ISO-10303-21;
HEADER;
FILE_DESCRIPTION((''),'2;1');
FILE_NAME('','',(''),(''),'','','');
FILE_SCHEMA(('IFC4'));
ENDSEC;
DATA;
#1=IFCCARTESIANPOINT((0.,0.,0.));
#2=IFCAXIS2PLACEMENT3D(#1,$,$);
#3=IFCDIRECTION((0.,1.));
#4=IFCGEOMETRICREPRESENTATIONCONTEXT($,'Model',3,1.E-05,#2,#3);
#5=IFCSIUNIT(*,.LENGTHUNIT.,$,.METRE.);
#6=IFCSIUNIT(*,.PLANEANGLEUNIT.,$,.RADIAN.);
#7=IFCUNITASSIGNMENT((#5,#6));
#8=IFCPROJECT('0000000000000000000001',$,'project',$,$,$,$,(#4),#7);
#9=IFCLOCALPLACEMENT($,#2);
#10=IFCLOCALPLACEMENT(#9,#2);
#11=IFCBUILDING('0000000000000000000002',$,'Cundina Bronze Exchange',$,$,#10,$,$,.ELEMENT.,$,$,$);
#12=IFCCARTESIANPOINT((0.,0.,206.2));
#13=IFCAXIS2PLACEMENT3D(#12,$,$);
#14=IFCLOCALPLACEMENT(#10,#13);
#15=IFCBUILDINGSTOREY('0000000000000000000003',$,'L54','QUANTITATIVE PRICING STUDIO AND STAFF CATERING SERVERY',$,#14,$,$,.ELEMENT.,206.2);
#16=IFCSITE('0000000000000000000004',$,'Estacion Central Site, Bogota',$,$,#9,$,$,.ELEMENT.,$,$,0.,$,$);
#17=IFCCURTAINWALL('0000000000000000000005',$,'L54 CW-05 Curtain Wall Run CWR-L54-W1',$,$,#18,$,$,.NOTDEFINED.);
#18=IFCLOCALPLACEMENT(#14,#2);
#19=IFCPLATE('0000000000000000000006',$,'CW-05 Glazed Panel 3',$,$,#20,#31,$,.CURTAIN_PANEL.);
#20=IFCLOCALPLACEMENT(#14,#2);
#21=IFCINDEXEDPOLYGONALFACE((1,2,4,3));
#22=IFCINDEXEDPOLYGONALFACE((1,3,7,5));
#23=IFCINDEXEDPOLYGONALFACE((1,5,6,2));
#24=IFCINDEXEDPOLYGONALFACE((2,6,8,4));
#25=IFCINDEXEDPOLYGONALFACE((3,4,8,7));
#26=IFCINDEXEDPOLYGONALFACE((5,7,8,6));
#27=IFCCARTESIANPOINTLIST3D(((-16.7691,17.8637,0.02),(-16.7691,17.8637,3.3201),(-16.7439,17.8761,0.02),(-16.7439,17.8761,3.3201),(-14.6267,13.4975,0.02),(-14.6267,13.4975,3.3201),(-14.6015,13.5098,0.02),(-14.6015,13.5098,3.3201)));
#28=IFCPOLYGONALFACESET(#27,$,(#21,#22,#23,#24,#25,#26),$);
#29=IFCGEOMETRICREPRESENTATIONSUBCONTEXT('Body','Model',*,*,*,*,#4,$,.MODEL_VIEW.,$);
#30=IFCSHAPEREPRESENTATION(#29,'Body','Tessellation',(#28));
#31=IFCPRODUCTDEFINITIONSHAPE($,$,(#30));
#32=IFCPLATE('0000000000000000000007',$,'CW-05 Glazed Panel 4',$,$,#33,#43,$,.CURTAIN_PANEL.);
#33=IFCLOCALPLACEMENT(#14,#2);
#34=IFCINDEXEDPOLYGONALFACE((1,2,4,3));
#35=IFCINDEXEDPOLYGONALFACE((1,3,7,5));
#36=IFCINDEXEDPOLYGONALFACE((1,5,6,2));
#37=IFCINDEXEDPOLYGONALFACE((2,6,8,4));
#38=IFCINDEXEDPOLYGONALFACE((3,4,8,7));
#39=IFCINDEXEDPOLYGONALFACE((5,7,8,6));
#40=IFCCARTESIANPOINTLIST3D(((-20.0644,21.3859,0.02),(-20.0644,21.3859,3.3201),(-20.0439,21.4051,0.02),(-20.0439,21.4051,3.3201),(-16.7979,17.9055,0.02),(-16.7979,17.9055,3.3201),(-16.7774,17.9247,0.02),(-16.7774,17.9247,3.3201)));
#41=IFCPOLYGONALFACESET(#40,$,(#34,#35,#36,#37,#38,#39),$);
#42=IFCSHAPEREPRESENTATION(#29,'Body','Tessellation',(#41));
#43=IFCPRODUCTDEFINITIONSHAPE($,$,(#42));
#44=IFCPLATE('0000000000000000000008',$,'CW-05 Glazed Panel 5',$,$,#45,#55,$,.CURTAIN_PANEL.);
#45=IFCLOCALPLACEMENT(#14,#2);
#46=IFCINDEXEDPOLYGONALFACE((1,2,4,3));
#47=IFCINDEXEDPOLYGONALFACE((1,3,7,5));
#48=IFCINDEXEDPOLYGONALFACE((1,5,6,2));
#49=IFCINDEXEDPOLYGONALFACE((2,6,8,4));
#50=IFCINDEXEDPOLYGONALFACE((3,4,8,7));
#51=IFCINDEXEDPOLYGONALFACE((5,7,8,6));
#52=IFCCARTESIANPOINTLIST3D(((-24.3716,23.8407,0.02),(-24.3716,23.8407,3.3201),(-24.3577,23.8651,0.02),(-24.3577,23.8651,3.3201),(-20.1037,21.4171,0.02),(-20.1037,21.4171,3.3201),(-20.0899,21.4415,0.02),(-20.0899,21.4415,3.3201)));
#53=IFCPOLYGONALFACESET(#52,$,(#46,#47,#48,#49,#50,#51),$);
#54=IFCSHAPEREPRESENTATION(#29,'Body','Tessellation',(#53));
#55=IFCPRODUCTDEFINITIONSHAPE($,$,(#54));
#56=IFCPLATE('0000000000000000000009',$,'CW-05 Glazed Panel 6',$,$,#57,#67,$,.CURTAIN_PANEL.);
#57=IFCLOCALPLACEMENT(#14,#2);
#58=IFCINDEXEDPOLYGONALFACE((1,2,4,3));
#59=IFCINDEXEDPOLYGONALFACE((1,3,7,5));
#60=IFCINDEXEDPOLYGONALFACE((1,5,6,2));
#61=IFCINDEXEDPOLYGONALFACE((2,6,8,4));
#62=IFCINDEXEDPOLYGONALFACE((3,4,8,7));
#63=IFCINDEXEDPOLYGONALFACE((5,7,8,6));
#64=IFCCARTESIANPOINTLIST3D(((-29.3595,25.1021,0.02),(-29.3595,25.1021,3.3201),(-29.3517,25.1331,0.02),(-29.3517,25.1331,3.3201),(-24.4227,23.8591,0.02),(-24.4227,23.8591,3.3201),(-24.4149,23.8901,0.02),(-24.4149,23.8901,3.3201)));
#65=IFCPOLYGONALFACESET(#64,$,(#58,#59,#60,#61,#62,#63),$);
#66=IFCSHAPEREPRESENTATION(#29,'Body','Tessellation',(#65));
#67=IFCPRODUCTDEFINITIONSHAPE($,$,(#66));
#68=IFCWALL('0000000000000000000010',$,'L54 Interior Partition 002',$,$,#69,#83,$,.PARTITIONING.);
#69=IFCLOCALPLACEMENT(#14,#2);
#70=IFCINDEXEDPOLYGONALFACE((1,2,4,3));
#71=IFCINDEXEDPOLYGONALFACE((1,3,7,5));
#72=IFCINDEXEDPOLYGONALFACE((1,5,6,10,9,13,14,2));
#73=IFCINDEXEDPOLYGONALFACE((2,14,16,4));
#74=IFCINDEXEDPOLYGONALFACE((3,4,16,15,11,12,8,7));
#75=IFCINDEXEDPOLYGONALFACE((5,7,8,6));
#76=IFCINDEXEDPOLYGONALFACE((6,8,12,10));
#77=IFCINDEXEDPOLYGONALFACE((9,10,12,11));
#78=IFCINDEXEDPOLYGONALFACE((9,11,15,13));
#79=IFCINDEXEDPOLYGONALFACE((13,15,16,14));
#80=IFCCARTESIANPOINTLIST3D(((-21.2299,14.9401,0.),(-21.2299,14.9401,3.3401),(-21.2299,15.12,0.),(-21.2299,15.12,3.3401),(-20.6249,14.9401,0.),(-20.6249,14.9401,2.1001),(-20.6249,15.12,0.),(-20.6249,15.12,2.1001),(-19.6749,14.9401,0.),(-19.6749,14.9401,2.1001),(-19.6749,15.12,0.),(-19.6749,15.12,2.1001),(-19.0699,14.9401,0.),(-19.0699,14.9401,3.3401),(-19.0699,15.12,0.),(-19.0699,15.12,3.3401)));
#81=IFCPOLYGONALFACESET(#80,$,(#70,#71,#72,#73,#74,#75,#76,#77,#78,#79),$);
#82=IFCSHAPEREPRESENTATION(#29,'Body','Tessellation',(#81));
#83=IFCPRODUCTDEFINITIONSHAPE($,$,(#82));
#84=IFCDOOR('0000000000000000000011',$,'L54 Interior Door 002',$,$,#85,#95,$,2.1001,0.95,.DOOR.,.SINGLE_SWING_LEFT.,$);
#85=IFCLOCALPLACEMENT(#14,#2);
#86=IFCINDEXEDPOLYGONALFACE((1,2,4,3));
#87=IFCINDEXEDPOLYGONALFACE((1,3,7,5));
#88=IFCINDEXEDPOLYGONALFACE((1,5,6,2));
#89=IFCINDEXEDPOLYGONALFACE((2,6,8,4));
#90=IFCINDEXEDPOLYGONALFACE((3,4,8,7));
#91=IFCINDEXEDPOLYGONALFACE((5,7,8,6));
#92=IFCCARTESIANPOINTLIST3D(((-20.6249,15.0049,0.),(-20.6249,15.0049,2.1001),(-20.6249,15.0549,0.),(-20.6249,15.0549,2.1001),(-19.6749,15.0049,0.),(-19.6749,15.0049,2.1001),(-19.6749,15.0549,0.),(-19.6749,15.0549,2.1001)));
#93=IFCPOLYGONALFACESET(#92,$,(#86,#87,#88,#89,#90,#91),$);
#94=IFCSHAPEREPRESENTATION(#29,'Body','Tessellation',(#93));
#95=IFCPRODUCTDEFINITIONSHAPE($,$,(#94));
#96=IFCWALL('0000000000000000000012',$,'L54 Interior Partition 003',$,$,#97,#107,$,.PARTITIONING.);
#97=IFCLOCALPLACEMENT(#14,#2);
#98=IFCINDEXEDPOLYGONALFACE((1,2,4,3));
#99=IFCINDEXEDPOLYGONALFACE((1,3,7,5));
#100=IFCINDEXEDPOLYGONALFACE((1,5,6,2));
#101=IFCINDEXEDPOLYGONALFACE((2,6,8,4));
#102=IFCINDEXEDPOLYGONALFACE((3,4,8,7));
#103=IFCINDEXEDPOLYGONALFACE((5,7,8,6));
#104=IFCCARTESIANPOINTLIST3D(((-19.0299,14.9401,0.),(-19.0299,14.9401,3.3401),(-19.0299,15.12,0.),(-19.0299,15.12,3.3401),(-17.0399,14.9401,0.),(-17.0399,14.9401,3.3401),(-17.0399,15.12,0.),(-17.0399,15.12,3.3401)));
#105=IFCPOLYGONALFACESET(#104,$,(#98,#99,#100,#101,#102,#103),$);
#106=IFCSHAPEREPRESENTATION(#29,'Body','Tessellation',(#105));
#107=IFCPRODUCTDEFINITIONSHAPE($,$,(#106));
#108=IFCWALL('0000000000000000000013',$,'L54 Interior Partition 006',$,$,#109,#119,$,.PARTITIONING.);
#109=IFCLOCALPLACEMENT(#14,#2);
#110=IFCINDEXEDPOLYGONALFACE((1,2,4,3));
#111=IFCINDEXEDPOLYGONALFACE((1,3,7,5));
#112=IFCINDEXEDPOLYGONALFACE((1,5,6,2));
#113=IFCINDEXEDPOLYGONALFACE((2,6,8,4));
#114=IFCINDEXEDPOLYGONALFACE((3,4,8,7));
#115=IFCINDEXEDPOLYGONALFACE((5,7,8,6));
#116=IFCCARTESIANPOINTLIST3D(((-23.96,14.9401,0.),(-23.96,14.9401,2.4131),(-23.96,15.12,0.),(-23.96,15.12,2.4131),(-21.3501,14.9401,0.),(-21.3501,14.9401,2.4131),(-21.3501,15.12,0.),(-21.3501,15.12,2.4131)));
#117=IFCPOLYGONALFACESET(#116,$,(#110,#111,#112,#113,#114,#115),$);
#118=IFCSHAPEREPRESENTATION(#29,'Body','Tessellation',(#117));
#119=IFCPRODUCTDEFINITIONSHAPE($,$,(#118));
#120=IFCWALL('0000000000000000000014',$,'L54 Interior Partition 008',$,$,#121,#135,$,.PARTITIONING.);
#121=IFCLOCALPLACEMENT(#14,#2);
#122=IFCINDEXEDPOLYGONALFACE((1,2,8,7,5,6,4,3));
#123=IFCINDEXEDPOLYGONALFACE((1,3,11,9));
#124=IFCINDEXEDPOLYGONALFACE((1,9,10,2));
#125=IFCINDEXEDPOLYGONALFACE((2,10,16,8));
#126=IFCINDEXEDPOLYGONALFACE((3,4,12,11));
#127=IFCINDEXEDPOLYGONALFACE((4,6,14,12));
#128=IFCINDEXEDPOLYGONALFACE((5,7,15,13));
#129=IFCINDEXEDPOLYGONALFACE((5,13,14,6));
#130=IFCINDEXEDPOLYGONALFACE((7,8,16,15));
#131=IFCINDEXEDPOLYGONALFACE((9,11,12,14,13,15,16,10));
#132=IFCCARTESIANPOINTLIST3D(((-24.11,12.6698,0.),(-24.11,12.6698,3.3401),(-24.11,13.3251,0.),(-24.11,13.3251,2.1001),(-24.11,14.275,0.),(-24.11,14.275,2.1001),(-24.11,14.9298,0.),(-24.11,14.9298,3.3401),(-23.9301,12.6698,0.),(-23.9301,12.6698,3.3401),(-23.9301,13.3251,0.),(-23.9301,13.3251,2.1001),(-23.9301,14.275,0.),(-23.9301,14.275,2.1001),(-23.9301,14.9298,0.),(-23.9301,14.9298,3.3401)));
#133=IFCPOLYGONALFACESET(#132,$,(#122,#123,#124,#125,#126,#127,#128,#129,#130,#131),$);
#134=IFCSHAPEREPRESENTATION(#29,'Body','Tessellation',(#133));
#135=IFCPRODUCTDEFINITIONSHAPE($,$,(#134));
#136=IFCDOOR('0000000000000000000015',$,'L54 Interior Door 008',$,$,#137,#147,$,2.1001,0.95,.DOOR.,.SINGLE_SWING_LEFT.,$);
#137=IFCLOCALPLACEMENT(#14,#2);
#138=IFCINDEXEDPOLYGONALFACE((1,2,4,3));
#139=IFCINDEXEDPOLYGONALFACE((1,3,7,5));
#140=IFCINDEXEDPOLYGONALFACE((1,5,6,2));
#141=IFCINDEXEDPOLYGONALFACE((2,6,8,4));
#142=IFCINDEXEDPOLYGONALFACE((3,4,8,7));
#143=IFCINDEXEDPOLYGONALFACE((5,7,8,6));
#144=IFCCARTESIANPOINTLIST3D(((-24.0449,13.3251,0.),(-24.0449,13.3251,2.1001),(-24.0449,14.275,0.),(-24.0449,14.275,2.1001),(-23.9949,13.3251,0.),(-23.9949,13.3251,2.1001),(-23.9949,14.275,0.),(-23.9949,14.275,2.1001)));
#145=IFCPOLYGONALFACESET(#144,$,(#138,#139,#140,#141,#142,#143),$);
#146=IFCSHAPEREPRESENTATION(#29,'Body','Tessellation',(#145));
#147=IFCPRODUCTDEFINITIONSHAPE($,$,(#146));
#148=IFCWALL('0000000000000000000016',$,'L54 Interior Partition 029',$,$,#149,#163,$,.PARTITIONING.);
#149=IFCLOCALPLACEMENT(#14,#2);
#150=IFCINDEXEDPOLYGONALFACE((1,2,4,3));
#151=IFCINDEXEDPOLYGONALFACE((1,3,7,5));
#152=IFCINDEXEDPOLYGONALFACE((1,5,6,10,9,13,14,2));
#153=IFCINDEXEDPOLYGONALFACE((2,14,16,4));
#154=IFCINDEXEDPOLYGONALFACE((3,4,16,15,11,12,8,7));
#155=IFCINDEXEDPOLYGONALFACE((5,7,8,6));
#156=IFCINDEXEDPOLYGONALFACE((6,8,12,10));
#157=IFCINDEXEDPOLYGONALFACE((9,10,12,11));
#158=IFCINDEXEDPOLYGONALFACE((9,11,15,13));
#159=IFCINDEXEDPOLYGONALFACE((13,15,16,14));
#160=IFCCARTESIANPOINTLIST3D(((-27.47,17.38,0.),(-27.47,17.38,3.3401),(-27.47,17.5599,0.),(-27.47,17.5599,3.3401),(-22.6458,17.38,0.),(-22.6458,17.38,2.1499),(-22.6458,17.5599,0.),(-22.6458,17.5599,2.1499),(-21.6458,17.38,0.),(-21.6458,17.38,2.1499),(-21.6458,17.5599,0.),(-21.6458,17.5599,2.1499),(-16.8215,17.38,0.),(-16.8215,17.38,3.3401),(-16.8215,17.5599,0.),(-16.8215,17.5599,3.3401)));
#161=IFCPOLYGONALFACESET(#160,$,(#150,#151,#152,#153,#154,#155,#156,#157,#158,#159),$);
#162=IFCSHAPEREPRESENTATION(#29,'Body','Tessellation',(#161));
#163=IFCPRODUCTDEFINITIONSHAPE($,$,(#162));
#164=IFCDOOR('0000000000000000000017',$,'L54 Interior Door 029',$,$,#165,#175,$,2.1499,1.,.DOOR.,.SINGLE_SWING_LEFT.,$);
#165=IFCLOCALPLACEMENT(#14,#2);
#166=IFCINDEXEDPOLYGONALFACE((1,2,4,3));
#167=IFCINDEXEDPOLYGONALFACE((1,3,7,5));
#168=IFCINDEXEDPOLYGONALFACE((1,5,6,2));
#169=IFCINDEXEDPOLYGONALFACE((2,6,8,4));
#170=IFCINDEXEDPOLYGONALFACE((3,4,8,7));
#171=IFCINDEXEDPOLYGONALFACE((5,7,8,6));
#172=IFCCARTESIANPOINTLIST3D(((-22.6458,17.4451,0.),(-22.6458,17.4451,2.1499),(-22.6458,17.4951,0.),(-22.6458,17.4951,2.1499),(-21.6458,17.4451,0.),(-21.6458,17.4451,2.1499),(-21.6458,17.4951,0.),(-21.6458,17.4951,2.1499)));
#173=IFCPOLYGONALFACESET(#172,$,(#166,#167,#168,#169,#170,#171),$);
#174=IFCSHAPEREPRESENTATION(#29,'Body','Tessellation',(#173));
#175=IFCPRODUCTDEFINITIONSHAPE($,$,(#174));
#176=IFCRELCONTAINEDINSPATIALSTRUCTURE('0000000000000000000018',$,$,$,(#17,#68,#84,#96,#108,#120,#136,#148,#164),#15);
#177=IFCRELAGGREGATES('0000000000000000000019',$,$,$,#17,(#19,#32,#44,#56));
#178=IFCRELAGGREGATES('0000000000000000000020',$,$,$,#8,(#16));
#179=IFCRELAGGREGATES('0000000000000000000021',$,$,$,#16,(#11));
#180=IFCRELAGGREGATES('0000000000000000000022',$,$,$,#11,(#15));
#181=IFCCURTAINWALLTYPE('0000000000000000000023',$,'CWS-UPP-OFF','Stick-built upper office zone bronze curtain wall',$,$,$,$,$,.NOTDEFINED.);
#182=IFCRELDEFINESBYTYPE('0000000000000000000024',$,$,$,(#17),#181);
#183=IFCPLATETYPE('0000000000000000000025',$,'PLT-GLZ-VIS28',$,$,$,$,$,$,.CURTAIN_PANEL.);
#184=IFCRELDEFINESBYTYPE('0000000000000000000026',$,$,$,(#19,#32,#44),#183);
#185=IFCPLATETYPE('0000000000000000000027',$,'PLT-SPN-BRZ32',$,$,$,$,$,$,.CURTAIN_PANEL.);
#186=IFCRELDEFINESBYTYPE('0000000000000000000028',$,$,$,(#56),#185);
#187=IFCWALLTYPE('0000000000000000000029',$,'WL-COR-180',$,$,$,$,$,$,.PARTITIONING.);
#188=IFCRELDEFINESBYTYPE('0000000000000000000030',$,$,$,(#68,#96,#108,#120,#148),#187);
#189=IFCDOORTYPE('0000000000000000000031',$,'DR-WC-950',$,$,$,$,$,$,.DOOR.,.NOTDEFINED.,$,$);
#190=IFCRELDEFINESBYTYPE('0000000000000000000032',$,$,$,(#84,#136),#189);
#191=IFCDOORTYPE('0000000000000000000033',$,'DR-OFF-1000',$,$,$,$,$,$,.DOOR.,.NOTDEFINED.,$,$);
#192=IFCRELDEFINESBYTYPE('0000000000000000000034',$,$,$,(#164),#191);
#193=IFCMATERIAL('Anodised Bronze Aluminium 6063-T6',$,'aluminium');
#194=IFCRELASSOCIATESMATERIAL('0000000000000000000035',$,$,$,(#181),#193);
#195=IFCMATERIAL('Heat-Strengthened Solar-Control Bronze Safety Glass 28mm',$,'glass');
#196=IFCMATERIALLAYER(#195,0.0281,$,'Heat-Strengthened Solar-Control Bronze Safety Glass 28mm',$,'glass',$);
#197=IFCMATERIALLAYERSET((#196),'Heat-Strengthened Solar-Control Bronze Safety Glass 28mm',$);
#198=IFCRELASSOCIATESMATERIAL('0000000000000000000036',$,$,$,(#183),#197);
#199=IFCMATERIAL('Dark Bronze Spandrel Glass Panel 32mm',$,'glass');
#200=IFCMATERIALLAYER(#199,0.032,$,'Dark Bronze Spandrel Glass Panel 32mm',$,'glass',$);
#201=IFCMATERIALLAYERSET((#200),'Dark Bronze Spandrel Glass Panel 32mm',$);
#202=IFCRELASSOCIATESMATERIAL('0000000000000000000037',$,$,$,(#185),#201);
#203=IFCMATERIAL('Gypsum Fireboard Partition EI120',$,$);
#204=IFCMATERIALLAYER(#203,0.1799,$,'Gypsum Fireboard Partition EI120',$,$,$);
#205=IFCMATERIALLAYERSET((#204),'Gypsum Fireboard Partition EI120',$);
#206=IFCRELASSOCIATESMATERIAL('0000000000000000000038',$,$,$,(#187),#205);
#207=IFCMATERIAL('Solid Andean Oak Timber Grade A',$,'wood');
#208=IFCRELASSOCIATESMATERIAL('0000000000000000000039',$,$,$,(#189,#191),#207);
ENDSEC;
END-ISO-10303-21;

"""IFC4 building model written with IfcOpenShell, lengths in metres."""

from ifc_helpers import new_model, si_unit, direction, frame, frame_2d, origin, origin_2d, place, context, subcontext, project, spatial, rectangle, extrude, material, layer, layer_set, type_object, element, fill, aggregate, save


model = new_model("IFC4")

# Units and contexts
model_context = context("Model", 3, precision=1e-05, world=origin(), true_north=direction((0.0, 1.0)))
body_context = subcontext(model_context, "Body", "Model", "MODEL_VIEW")
ifc_project = project(units=[si_unit("LENGTHUNIT", "METRE"), si_unit("PLANEANGLEUNIT", "RADIAN")], contexts=[model_context])

# Site, building, storey
site_placement = place(None, origin())
site = spatial("IfcSite", under=ifc_project, at=site_placement, Name="Estacion Central Site, Bogota", CompositionType="ELEMENT", RefElevation=0.0)
building_placement = place(site_placement, origin())
building = spatial("IfcBuilding", under=site, at=building_placement, Name="Cundina Bronze Exchange", CompositionType="ELEMENT")
storey_placement = place(building_placement, frame((0.0, 0.0, 206.2)))
storey = spatial("IfcBuildingStorey", under=building, at=storey_placement, Name="L54", Description="QUANTITATIVE PRICING STUDIO AND STAFF CATERING SERVERY", CompositionType="ELEMENT", Elevation=206.2)

# Curtain wall, plates
ifc_material_1 = material(Name="Anodised Bronze Aluminium 6063-T6", Category="aluminium")
curtain_wall_type = type_object("IfcCurtainWallType", Name="CWS-UPP-OFF", Description="Stick-built upper office zone bronze curtain wall", PredefinedType="NOTDEFINED", material=ifc_material_1)
curtain_wall_placement = place(storey_placement, origin())
curtain_wall = element("IfcCurtainWall", 1, at=curtain_wall_placement, inside=storey, type_object=curtain_wall_type, Name="L54 CW-05 Curtain Wall Run CWR-L54-W1", PredefinedType="NOTDEFINED")
ifc_material_2 = material(Name="Heat-Strengthened Solar-Control Bronze Safety Glass 28mm", Category="glass")
ifc_layer_1 = layer(ifc_material_2, 0.0281, Name="Heat-Strengthened Solar-Control Bronze Safety Glass 28mm", Category="glass")
ifc_layer_set_1 = layer_set([ifc_layer_1], Name="Heat-Strengthened Solar-Control Bronze Safety Glass 28mm")
plate_type_1 = type_object("IfcPlateType", Name="PLT-GLZ-VIS28", PredefinedType="CURTAIN_PANEL", material=ifc_layer_set_1)
plate_1_placement = place(storey_placement, frame((-15.6853, 15.6868, 0.02), z_axis=(0.0, 0.0, 1.0), x_axis=(-0.440503, 0.897751, 0.0)))
plate_1 = element("IfcPlate", 2, at=plate_1_placement, type_object=plate_type_1, Name="CW-05 Glazed Panel 3", PredefinedType="CURTAIN_PANEL", context=body_context, shape_type="SweptSolid", body=[
    extrude(rectangle(XDim=4.8635, YDim=0.0281, at=origin_2d()), origin(), (0.0, 0.0, 1.0), 3.3),
])
plate_2_placement = place(storey_placement, frame((-18.4209, 19.6553, 0.02), z_axis=(0.0, 0.0, 1.0), x_axis=(-0.684344, 0.72916, 0.0)))
plate_2 = element("IfcPlate", 3, at=plate_2_placement, type_object=plate_type_1, Name="CW-05 Glazed Panel 4", PredefinedType="CURTAIN_PANEL", context=body_context, shape_type="SweptSolid", body=[
    extrude(rectangle(XDim=4.7732, YDim=0.0281, at=origin_2d()), origin(), (0.0, 0.0, 1.0), 3.3),
])
plate_3_placement = place(storey_placement, frame((-22.2307, 22.6411, 0.02), z_axis=(0.0, 0.0, 1.0), x_axis=(-0.869573, 0.493805, 0.0)))
plate_3 = element("IfcPlate", 4, at=plate_3_placement, type_object=plate_type_1, Name="CW-05 Glazed Panel 5", PredefinedType="CURTAIN_PANEL", context=body_context, shape_type="SweptSolid", body=[
    extrude(rectangle(XDim=4.908, YDim=0.0281, at=origin_2d()), origin(), (0.0, 0.0, 1.0), 3.3),
])
ifc_material_3 = material(Name="Dark Bronze Spandrel Glass Panel 32mm", Category="glass")
ifc_layer_2 = layer(ifc_material_3, 0.032, Name="Dark Bronze Spandrel Glass Panel 32mm", Category="glass")
ifc_layer_set_2 = layer_set([ifc_layer_2], Name="Dark Bronze Spandrel Glass Panel 32mm")
plate_type_2 = type_object("IfcPlateType", Name="PLT-SPN-BRZ32", PredefinedType="CURTAIN_PANEL", material=ifc_layer_set_2)
plate_4_placement = place(storey_placement, frame((-26.8872, 24.4961, 0.02), z_axis=(0.0, 0.0, 1.0), x_axis=(-0.969732, 0.244174, 0.0)))
plate_4 = element("IfcPlate", 5, at=plate_4_placement, type_object=plate_type_2, Name="CW-05 Glazed Panel 6", PredefinedType="CURTAIN_PANEL", context=body_context, shape_type="SweptSolid", body=[
    extrude(rectangle(XDim=5.0908, YDim=0.032, at=origin_2d()), origin(), (0.0, 0.0, 1.0), 3.3),
])
aggregate(curtain_wall, [plate_1, plate_2, plate_3, plate_4])

# Wall, opening, door
ifc_material_4 = material(Name="Gypsum Fireboard Partition EI120")
ifc_layer_3 = layer(ifc_material_4, 0.1799, Name="Gypsum Fireboard Partition EI120")
ifc_layer_set_3 = layer_set([ifc_layer_3], Name="Gypsum Fireboard Partition EI120")
wall_type_1 = type_object("IfcWallType", Name="WL-COR-180", PredefinedType="PARTITIONING", material=ifc_layer_set_3)
wall_1_placement = place(storey_placement, frame((-21.23, 15.03, 0.0), z_axis=(0.0, 0.0, 1.0), x_axis=(1.0, 0.0, 0.0)))
wall_1 = element("IfcWall", 6, at=wall_1_placement, inside=storey, type_object=wall_type_1, Name="L54 Interior Partition 002", PredefinedType="PARTITIONING", context=body_context, shape_type="SweptSolid", body=[
    extrude(rectangle(XDim=2.1599, YDim=0.1799, at=frame_2d((1.0801, 0.0))), origin(), (0.0, 0.0, 1.0), 3.3401),
])
opening_1_placement = place(wall_1_placement, frame((0.605, 0.0, 0.0)))
opening_1 = element("IfcOpeningElement", 7, at=opening_1_placement, cuts=wall_1, PredefinedType="OPENING", context=body_context, shape_type="SweptSolid", body=[
    extrude(rectangle(XDim=0.95, YDim=2.1001, at=frame_2d((0.4751, 1.05))), frame((0.0, 0.0999, 0.0), z_axis=(0.0, -1.0, 0.0), x_axis=(1.0, 0.0, 0.0)), (0.0, 0.0, 1.0), 0.2),
])
ifc_material_5 = material(Name="Solid Andean Oak Timber Grade A", Category="wood")
door_type_1 = type_object("IfcDoorType", Name="DR-WC-950", OperationType="NOTDEFINED", PredefinedType="DOOR", material=ifc_material_5)
door_1_placement = place(opening_1_placement, origin())
door_1 = element("IfcDoor", 8, at=door_1_placement, inside=storey, type_object=door_type_1, Name="L54 Interior Door 002", OperationType="SINGLE_SWING_LEFT", OverallHeight=2.1001, OverallWidth=0.95, PredefinedType="DOOR", context=body_context, shape_type="SweptSolid", body=[
    extrude(rectangle(XDim=0.95, YDim=2.1001, at=frame_2d((0.4751, 1.05))), frame((0.0, 0.0249, 0.0), z_axis=(0.0, -1.0, 0.0), x_axis=(1.0, 0.0, 0.0)), (0.0, 0.0, 1.0), 0.05),
])
fill(opening_1, door_1)

# Walls
wall_2_placement = place(storey_placement, frame((-19.03, 15.03, 0.0), z_axis=(0.0, 0.0, 1.0), x_axis=(1.0, 0.0, 0.0)))
element("IfcWall", 9, at=wall_2_placement, inside=storey, type_object=wall_type_1, Name="L54 Interior Partition 003", PredefinedType="PARTITIONING", context=body_context, shape_type="SweptSolid", body=[
    extrude(rectangle(XDim=1.99, YDim=0.1799, at=frame_2d((0.9951, 0.0))), origin(), (0.0, 0.0, 1.0), 3.3401),
])
wall_3_placement = place(storey_placement, frame((-23.96, 15.03, 0.0), z_axis=(0.0, 0.0, 1.0), x_axis=(1.0, 0.0, 0.0)))
element("IfcWall", 10, at=wall_3_placement, inside=storey, type_object=wall_type_1, Name="L54 Interior Partition 006", PredefinedType="PARTITIONING", context=body_context, shape_type="SweptSolid", body=[
    extrude(rectangle(XDim=2.6099, YDim=0.1799, at=frame_2d((1.3049, 0.0))), origin(), (0.0, 0.0, 1.0), 2.4131),
])

# Walls, openings, doors
wall_4_placement = place(storey_placement, frame((-24.02, 12.6699, 0.0), z_axis=(0.0, 0.0, 1.0), x_axis=(0.0, 1.0, 0.0)))
wall_4 = element("IfcWall", 11, at=wall_4_placement, inside=storey, type_object=wall_type_1, Name="L54 Interior Partition 008", PredefinedType="PARTITIONING", context=body_context, shape_type="SweptSolid", body=[
    extrude(rectangle(XDim=2.26, YDim=0.1799, at=frame_2d((1.1299, 0.0))), origin(), (0.0, 0.0, 1.0), 3.3401),
])
opening_2_placement = place(wall_4_placement, frame((0.655, 0.0, 0.0)))
opening_2 = element("IfcOpeningElement", 12, at=opening_2_placement, cuts=wall_4, PredefinedType="OPENING", context=body_context, shape_type="SweptSolid", body=[
    extrude(rectangle(XDim=0.95, YDim=2.1001, at=frame_2d((0.4751, 1.05))), frame((0.0, 0.0999, 0.0), z_axis=(0.0, -1.0, 0.0), x_axis=(1.0, 0.0, 0.0)), (0.0, 0.0, 1.0), 0.2),
])
door_2_placement = place(opening_2_placement, origin())
door_2 = element("IfcDoor", 13, at=door_2_placement, inside=storey, type_object=door_type_1, Name="L54 Interior Door 008", OperationType="SINGLE_SWING_LEFT", OverallHeight=2.1001, OverallWidth=0.95, PredefinedType="DOOR", context=body_context, shape_type="SweptSolid", body=[
    extrude(rectangle(XDim=0.95, YDim=2.1001, at=frame_2d((0.4751, 1.05))), frame((0.0, 0.0249, 0.0), z_axis=(0.0, -1.0, 0.0), x_axis=(1.0, 0.0, 0.0)), (0.0, 0.0, 1.0), 0.05),
])
fill(opening_2, door_2)
wall_5_placement = place(storey_placement, frame((-16.8215, 17.47, 0.0), z_axis=(0.0, 0.0, 1.0), x_axis=(-1.0, 0.0, 0.0)))
wall_5 = element("IfcWall", 14, at=wall_5_placement, inside=storey, type_object=wall_type_1, Name="L54 Interior Partition 029", PredefinedType="PARTITIONING", context=body_context, shape_type="SweptSolid", body=[
    extrude(rectangle(XDim=10.6484, YDim=0.1799, at=frame_2d((5.3242, 0.0))), origin(), (0.0, 0.0, 1.0), 3.3401),
])
opening_3_placement = place(wall_5_placement, frame((4.8242, 0.0, 0.0)))
opening_3 = element("IfcOpeningElement", 15, at=opening_3_placement, cuts=wall_5, PredefinedType="OPENING", context=body_context, shape_type="SweptSolid", body=[
    extrude(rectangle(XDim=1.0, YDim=2.1499, at=frame_2d((0.5, 1.075))), frame((0.0, 0.0999, 0.0), z_axis=(0.0, -1.0, 0.0), x_axis=(1.0, 0.0, 0.0)), (0.0, 0.0, 1.0), 0.2),
])
door_type_2 = type_object("IfcDoorType", Name="DR-OFF-1000", OperationType="NOTDEFINED", PredefinedType="DOOR", material=ifc_material_5)
door_3_placement = place(opening_3_placement, origin())
door_3 = element("IfcDoor", 16, at=door_3_placement, inside=storey, type_object=door_type_2, Name="L54 Interior Door 029", OperationType="SINGLE_SWING_LEFT", OverallHeight=2.1499, OverallWidth=1.0, PredefinedType="DOOR", context=body_context, shape_type="SweptSolid", body=[
    extrude(rectangle(XDim=1.0, YDim=2.1499, at=frame_2d((0.5, 1.075))), frame((0.0, 0.0249, 0.0), z_axis=(0.0, -1.0, 0.0), x_axis=(1.0, 0.0, 0.0)), (0.0, 0.0, 1.0), 0.05),
])
fill(opening_3, door_3)

save(model, "model.ifc")
